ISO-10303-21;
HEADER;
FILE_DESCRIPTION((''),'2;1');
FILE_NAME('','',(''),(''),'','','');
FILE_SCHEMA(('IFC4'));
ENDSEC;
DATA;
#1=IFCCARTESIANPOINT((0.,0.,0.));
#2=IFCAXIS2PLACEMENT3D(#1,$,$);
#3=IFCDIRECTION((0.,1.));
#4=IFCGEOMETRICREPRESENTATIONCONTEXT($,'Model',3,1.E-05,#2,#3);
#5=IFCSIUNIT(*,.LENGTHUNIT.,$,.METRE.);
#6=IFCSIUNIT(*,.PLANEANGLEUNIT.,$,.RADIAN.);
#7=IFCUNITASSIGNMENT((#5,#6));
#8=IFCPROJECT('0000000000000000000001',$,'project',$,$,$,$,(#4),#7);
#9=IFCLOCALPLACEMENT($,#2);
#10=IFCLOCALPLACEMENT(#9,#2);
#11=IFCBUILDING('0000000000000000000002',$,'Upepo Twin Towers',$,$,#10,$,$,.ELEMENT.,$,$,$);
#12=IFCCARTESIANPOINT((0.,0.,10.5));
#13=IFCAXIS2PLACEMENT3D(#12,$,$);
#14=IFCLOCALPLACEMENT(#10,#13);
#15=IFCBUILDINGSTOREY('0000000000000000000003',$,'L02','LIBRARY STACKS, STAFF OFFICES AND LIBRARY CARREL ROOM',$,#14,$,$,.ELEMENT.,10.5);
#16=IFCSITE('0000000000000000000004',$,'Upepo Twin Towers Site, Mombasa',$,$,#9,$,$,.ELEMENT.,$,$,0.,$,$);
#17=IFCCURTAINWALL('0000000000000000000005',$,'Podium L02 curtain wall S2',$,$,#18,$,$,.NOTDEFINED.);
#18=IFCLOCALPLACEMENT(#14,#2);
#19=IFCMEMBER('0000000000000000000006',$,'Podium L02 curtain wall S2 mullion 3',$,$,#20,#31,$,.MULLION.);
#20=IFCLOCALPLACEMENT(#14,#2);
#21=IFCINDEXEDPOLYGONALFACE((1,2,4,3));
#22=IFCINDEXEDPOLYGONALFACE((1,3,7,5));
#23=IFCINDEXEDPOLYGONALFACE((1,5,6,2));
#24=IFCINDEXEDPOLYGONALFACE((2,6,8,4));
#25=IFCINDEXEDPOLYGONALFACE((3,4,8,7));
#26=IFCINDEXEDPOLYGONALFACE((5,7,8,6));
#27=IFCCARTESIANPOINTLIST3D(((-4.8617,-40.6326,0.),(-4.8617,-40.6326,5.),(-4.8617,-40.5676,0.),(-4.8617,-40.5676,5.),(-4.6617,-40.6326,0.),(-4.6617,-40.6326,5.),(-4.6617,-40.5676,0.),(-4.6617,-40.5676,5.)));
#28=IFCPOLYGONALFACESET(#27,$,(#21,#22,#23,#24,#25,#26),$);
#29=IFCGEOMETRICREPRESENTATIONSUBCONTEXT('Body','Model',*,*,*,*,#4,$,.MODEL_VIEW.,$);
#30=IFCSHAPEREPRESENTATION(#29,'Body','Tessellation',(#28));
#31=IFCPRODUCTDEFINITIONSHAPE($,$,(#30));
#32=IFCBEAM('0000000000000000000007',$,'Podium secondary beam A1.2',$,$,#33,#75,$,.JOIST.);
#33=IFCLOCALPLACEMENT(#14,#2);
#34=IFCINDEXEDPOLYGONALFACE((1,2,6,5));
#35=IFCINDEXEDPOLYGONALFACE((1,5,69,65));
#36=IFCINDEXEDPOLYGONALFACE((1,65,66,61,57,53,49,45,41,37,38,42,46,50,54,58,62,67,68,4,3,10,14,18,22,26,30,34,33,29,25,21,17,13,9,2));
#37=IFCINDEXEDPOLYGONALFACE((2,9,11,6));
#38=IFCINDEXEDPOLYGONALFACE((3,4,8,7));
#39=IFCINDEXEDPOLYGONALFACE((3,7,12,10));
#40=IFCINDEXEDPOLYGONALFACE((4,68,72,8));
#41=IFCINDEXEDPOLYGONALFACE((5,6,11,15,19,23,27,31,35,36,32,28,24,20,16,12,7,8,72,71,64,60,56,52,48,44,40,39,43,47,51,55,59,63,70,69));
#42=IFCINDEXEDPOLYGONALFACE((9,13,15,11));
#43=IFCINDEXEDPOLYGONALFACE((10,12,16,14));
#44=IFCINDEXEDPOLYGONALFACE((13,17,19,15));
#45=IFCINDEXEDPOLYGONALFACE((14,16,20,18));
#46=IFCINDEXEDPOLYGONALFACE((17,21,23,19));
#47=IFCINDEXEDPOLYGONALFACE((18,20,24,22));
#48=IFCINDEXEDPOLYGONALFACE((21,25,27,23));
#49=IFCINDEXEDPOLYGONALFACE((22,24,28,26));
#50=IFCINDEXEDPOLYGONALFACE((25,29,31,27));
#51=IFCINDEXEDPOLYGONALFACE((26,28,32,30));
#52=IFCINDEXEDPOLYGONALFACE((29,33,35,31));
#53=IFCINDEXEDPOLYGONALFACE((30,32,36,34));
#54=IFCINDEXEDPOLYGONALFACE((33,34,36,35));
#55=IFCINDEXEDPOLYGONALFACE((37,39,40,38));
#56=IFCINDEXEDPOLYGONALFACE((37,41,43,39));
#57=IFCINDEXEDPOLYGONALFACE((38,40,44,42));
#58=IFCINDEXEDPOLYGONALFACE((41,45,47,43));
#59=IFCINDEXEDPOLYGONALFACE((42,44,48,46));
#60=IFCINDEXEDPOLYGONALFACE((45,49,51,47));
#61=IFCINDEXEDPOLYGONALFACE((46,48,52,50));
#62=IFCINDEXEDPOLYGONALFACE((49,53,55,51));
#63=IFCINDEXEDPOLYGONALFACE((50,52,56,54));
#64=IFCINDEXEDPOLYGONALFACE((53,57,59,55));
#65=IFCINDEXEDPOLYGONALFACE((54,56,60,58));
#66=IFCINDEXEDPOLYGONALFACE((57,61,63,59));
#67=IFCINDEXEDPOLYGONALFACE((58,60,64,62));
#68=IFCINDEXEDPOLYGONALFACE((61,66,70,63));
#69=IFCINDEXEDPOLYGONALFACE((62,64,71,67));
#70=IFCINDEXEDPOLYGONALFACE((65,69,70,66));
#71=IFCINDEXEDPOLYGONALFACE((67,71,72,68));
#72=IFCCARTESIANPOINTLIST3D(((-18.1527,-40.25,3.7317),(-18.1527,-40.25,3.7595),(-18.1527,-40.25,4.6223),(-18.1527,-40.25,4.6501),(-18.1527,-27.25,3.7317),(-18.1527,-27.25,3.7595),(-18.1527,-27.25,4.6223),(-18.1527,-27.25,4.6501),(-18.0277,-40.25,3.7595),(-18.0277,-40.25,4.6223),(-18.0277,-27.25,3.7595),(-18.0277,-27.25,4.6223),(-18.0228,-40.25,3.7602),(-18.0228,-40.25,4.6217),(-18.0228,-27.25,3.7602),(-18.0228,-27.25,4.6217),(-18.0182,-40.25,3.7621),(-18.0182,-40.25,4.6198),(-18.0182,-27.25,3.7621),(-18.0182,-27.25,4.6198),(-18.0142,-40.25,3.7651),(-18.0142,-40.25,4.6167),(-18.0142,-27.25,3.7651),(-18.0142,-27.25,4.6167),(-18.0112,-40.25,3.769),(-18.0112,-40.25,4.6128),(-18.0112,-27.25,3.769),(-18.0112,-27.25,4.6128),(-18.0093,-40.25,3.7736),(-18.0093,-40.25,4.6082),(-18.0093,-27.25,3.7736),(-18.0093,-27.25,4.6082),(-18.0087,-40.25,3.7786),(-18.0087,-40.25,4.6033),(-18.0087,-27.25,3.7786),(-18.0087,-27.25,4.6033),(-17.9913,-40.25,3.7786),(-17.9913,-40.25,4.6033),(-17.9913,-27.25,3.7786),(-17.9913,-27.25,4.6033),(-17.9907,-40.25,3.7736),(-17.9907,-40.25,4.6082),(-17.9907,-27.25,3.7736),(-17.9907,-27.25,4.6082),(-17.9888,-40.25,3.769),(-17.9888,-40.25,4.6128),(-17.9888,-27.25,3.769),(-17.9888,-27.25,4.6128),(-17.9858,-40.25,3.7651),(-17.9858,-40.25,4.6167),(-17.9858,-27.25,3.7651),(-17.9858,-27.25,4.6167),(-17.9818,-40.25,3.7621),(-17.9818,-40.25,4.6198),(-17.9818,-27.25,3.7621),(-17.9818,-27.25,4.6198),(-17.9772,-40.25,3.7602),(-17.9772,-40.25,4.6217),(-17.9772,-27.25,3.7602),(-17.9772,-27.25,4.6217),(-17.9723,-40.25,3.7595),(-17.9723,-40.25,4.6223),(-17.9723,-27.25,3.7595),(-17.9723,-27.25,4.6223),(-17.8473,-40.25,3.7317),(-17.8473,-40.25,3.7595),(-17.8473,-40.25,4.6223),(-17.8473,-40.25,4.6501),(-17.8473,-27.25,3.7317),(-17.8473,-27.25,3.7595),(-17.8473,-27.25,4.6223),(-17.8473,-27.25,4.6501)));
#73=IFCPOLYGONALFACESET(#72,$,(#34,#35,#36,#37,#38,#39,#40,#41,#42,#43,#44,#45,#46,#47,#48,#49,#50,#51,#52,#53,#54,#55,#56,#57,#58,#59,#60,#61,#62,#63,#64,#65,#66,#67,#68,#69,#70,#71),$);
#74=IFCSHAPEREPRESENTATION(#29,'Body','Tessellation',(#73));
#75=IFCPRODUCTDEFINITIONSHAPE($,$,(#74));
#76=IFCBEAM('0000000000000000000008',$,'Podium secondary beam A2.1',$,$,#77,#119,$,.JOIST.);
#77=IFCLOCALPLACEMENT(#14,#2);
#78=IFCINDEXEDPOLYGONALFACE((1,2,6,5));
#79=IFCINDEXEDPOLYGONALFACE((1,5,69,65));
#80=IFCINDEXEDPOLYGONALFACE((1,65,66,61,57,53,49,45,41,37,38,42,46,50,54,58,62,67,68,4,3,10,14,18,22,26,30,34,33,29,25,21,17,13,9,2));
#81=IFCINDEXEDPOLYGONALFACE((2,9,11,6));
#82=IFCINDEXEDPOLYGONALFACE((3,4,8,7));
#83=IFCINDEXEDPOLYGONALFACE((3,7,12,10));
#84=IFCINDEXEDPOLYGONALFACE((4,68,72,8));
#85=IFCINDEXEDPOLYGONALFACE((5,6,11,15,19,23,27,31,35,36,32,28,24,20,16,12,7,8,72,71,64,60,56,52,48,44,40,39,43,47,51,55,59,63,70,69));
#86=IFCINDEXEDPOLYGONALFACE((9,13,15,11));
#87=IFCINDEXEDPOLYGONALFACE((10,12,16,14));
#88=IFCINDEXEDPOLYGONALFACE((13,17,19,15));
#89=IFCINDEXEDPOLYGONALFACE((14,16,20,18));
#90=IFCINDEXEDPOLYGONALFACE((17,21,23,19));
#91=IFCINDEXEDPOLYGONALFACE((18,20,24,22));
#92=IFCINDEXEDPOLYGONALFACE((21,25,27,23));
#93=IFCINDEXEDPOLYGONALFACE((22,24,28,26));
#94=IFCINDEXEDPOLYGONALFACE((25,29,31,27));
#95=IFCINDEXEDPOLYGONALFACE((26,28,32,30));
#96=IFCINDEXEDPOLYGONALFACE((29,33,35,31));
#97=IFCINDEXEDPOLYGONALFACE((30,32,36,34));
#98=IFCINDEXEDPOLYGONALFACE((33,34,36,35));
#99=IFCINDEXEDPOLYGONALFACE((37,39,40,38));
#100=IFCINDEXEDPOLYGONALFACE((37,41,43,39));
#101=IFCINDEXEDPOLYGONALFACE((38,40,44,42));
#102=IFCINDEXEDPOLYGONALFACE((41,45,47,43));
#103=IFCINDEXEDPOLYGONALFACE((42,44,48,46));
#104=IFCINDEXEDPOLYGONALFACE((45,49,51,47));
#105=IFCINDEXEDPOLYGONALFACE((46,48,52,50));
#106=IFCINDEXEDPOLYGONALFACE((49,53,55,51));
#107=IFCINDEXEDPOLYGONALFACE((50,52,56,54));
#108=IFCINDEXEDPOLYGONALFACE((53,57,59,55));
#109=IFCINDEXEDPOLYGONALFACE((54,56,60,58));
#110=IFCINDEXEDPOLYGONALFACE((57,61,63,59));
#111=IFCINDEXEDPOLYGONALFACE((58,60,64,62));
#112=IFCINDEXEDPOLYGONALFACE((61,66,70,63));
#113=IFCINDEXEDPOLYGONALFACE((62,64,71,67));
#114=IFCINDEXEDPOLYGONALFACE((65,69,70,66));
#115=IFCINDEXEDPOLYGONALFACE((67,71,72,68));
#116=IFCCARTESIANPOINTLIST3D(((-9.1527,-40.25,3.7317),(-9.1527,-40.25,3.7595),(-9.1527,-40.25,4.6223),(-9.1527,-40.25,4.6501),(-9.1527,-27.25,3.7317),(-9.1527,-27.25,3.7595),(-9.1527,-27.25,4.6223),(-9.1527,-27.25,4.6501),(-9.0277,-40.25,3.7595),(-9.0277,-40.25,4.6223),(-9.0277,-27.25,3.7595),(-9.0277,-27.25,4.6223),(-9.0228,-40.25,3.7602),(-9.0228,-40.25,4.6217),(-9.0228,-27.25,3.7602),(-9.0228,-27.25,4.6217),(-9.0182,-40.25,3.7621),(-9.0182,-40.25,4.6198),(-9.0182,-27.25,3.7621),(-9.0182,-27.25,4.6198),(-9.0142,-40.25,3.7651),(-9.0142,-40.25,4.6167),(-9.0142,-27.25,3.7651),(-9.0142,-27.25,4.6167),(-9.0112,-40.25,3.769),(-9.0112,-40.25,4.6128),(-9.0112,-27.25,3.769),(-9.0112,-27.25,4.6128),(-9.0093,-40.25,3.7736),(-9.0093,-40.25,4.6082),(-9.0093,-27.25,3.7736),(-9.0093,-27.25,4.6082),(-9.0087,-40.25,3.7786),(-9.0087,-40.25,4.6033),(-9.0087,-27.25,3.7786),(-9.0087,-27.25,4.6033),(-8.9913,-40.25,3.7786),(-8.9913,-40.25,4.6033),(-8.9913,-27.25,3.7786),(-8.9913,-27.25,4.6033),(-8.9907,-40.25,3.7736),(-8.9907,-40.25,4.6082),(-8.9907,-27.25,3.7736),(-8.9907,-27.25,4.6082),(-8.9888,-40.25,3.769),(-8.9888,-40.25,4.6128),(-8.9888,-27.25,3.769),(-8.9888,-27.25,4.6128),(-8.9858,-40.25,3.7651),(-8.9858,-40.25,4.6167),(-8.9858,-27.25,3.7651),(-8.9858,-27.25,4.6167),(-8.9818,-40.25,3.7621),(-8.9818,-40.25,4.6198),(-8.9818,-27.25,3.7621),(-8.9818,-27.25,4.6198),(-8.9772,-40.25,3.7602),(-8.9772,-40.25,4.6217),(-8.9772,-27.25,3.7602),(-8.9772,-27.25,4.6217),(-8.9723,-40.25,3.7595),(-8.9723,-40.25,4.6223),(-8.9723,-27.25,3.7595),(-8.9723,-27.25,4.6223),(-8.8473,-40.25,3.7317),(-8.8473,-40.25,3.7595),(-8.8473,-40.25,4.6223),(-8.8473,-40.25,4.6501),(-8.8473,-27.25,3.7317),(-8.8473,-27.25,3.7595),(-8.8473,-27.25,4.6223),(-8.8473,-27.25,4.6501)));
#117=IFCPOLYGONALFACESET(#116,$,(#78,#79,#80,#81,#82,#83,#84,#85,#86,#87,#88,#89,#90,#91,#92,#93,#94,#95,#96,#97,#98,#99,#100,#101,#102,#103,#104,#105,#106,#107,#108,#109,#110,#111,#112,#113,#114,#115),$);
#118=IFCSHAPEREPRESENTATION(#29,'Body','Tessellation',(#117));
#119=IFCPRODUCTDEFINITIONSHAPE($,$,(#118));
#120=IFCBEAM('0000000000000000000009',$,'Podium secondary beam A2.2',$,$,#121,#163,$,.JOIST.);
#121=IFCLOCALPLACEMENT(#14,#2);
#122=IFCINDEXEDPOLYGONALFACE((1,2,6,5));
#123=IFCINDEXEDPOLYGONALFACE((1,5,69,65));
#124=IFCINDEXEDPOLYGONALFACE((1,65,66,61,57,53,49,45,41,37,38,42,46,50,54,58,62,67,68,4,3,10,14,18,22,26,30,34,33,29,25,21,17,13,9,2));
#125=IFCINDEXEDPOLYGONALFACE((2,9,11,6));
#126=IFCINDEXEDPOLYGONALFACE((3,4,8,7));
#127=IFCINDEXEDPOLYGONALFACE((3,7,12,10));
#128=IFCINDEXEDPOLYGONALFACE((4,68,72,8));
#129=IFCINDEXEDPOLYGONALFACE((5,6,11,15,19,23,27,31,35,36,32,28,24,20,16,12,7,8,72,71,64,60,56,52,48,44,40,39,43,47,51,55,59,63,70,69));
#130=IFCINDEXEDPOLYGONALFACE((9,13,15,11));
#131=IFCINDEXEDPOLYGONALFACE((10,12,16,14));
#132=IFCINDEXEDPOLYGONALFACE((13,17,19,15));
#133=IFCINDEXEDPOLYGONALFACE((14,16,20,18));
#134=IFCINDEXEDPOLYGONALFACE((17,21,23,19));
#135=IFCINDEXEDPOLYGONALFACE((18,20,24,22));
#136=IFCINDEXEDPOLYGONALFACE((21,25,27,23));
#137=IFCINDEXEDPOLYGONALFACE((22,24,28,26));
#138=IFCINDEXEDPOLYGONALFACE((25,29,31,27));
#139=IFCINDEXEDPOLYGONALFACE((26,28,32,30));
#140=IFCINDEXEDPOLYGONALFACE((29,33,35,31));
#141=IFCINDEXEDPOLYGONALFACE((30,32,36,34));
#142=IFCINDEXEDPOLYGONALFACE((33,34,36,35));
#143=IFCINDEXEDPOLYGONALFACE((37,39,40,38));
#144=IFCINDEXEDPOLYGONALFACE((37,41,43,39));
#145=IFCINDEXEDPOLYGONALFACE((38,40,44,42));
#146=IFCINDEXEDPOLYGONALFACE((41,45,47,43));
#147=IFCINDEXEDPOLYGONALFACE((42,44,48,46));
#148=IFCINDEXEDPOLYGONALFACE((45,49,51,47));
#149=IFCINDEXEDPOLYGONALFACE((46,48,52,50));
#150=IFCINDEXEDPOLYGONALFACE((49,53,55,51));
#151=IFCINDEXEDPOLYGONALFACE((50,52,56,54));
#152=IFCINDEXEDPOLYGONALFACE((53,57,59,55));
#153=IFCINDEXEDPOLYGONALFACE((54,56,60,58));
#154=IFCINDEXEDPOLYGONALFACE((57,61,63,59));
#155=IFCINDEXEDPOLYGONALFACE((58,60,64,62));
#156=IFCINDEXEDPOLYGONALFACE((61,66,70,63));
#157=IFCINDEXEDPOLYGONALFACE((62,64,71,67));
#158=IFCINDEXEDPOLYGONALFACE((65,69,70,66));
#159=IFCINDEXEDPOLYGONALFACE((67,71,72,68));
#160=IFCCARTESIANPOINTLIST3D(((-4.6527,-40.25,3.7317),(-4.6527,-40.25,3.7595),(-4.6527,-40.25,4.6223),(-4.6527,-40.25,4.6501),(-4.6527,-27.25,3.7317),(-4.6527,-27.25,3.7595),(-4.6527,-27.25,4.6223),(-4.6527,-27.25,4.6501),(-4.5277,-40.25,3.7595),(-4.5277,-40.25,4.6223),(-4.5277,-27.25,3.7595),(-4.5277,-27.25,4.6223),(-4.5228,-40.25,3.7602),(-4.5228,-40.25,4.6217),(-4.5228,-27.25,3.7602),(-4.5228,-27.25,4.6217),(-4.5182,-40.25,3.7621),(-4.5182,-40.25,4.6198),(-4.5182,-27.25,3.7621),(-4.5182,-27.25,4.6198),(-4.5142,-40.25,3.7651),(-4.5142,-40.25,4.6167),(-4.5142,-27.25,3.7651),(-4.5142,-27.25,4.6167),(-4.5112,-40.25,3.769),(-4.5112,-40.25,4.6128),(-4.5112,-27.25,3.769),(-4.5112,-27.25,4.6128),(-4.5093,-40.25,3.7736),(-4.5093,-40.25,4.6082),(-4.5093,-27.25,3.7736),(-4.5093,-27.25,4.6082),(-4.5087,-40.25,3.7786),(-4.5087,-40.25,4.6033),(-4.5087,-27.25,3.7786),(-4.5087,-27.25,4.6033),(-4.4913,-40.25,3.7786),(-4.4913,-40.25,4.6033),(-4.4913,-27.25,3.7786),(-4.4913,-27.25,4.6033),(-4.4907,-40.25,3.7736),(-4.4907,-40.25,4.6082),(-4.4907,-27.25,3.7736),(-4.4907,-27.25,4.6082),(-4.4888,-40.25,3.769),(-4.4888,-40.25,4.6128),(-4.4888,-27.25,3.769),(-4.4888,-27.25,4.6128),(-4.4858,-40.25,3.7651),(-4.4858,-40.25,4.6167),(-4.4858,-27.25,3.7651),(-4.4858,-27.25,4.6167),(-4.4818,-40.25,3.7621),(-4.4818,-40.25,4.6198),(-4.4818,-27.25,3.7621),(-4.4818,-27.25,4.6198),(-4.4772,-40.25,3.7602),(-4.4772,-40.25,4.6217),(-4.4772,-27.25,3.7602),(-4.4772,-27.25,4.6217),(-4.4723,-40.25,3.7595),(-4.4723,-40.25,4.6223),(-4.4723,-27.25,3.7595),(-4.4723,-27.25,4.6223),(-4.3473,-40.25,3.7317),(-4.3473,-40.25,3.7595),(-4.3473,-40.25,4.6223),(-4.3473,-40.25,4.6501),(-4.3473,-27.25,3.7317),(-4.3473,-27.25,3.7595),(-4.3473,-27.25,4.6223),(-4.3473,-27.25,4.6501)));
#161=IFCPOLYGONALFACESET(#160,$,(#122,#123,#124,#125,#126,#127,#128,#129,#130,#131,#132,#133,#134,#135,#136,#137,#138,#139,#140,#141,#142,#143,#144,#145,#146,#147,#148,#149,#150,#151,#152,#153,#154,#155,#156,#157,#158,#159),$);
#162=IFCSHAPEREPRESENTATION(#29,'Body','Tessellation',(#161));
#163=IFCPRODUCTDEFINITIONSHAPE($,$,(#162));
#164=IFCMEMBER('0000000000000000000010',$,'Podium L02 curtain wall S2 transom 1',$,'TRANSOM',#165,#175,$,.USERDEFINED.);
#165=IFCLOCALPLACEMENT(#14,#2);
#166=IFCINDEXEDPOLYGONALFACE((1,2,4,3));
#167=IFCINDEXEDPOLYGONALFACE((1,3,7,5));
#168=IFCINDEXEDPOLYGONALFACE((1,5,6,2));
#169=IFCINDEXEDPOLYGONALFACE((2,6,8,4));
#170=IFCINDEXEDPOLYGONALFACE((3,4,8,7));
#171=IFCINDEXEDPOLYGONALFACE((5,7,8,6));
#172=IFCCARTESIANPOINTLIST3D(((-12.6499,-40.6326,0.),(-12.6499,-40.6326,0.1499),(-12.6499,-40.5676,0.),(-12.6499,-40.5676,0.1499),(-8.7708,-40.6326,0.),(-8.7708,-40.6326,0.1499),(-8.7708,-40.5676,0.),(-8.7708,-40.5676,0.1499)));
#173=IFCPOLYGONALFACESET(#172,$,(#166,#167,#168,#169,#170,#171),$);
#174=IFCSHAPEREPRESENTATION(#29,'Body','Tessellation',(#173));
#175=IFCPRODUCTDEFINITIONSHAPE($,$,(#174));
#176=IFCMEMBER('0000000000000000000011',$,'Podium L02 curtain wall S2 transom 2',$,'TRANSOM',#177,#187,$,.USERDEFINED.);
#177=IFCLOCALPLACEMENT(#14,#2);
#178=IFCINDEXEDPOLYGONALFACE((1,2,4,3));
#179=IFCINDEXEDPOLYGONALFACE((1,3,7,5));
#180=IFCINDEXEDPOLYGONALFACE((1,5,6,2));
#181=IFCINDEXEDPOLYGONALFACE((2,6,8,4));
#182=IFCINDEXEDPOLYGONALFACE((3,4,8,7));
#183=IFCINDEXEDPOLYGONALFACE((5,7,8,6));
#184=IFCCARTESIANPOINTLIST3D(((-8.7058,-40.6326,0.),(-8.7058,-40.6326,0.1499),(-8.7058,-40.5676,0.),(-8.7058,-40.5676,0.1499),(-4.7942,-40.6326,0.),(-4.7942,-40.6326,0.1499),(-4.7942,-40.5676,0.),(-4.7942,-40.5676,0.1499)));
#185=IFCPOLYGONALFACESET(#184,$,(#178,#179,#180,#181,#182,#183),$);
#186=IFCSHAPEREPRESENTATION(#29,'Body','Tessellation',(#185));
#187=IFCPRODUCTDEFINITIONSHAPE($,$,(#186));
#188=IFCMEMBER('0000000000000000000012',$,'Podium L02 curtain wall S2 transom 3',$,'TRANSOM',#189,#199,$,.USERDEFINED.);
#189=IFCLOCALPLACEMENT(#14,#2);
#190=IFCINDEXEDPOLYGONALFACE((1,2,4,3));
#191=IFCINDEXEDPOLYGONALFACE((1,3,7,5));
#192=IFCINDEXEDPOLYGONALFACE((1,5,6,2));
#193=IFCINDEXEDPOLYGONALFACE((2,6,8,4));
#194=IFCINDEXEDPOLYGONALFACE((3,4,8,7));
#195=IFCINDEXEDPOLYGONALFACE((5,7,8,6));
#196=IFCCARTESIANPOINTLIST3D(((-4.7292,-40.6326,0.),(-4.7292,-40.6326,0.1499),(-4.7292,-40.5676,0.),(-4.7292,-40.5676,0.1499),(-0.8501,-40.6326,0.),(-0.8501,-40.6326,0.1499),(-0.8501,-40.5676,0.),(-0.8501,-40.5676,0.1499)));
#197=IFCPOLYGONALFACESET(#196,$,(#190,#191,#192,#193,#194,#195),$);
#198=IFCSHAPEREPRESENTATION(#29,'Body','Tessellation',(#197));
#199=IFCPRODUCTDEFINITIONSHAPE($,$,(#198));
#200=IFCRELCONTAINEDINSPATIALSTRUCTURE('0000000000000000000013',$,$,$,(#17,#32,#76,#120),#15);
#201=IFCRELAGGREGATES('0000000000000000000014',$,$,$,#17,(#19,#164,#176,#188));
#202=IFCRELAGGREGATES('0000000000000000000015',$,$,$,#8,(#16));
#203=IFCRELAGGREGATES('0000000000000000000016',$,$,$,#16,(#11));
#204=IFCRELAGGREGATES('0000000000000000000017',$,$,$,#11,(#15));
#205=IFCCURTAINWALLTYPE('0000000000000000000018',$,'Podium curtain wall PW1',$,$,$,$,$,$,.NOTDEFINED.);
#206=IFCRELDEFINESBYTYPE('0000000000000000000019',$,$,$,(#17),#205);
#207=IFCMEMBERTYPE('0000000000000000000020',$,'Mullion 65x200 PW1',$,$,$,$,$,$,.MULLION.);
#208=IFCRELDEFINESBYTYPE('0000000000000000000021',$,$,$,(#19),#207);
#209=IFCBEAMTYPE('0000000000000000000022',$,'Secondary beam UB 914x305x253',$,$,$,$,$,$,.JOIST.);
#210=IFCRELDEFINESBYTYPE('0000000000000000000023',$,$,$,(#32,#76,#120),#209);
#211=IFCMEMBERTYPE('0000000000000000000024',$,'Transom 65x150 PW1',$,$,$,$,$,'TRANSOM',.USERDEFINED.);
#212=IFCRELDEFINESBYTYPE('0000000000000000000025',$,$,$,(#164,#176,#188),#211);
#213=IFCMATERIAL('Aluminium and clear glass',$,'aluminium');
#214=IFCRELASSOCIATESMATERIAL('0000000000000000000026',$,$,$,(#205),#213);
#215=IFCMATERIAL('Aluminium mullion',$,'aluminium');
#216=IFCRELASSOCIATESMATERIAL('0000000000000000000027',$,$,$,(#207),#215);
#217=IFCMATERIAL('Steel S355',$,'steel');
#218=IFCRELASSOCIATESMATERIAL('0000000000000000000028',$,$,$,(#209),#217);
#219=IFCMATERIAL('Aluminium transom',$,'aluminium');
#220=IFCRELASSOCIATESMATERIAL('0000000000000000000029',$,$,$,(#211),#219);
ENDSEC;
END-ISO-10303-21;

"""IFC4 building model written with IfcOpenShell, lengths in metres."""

from ifc_helpers import new_model, si_unit, direction, frame, origin, origin_2d, place, context, subcontext, project, spatial, rectangle, i_section, extrude, material, material_profile, profile_set, type_object, element, aggregate, save


model = new_model("IFC4")

# Units and contexts
model_context = context("Model", 3, precision=1e-05, world=origin(), true_north=direction((0.0, 1.0)))
body_context = subcontext(model_context, "Body", "Model", "MODEL_VIEW")
ifc_project = project(units=[si_unit("LENGTHUNIT", "METRE"), si_unit("PLANEANGLEUNIT", "RADIAN")], contexts=[model_context])

# Site, building, storey
site_placement = place(None, origin())
site = spatial("IfcSite", under=ifc_project, at=site_placement, Name="Upepo Twin Towers Site, Mombasa", CompositionType="ELEMENT", RefElevation=0.0)
building_placement = place(site_placement, origin())
building = spatial("IfcBuilding", under=site, at=building_placement, Name="Upepo Twin Towers", CompositionType="ELEMENT")
storey_placement = place(building_placement, frame((0.0, 0.0, 10.5)))
storey = spatial("IfcBuildingStorey", under=building, at=storey_placement, Name="L02", Description="LIBRARY STACKS, STAFF OFFICES AND LIBRARY CARREL ROOM", CompositionType="ELEMENT", Elevation=10.5)

# Shared definitions
ifc_material_1 = material(Name="Aluminium and clear glass", Category="aluminium")
curtain_wall_type = type_object("IfcCurtainWallType", Name="Podium curtain wall PW1", PredefinedType="NOTDEFINED", material=ifc_material_1)
ifc_material_2 = material(Name="Aluminium mullion", Category="aluminium")
ifc_material_profile_1 = material_profile(ifc_material_2, rectangle(XDim=0.0649, YDim=0.2, at=origin_2d()), Name="MULLION 65x200 PODIUM")
ifc_profile_set_1 = profile_set([ifc_material_profile_1], Name="Aluminium mullion")
member_type_1 = type_object("IfcMemberType", Name="Mullion 65x200 PW1", PredefinedType="MULLION", material=ifc_profile_set_1)

# Curtain wall, member
curtain_wall_1_placement = place(storey_placement, origin())
curtain_wall_1 = element("IfcCurtainWall", 1, at=curtain_wall_1_placement, inside=storey, type_object=curtain_wall_type, Name="Podium L02 curtain wall S2", PredefinedType="NOTDEFINED")
member_1_placement = place(storey_placement, frame((-4.7617, -40.6001, 0.0), z_axis=(0.0, 0.0, 1.0), x_axis=(0.0, 1.0, 0.0)))
member_1 = element("IfcMember", 2, at=member_1_placement, type_object=member_type_1, Name="Podium L02 curtain wall S2 mullion 3", PredefinedType="MULLION", context=body_context, shape_type="SweptSolid", body=[
    extrude(rectangle(XDim=0.0649, YDim=0.2, at=origin_2d()), origin(), (0.0, 0.0, 1.0), 5.0),
])

# Beams
ifc_material_3 = material(Name="Steel S355", Category="steel")
ifc_material_profile_2 = material_profile(ifc_material_3, i_section(OverallWidth=0.3054, OverallDepth=0.9185, WebThickness=0.0173, FlangeThickness=0.0278, FilletRadius=0.019, at=origin_2d()), Name="UB 914x305x253")
ifc_profile_set_2 = profile_set([ifc_material_profile_2], Name="Steel S355")
beam_type_1 = type_object("IfcBeamType", Name="Secondary beam UB 914x305x253", PredefinedType="JOIST", material=ifc_profile_set_2)
for number, where, z_axis, x_axis, name in (
    (3, (-18.0, -40.25, 4.1909), (0.0, 1.0, 0.0), (-1.0, 0.0, 0.0), "Podium secondary beam A1.2"),
    (4, (-9.0, -40.25, 4.1909), (0.0, 1.0, 0.0), (-1.0, 0.0, 0.0), "Podium secondary beam A2.1"),
    (5, (-4.5, -40.25, 4.1909), (0.0, 1.0, 0.0), (-1.0, 0.0, 0.0), "Podium secondary beam A2.2"),
):
    element("IfcBeam", number, at=place(storey_placement, frame(where, z_axis=z_axis, x_axis=x_axis)), inside=storey, type_object=beam_type_1, Name=name, PredefinedType="JOIST", context=body_context, shape_type="SweptSolid", body=[
        extrude(i_section(OverallWidth=0.3054, OverallDepth=0.9185, WebThickness=0.0173, FlangeThickness=0.0278, FilletRadius=0.019, at=origin_2d()), origin(), (0.0, 0.0, 1.0), 13.0),
    ])

# Members
ifc_material_4 = material(Name="Aluminium transom", Category="aluminium")
ifc_material_profile_3 = material_profile(ifc_material_4, rectangle(XDim=0.0649, YDim=0.1499, at=origin_2d()), Name="TRANSOM 65x150 PODIUM")
ifc_profile_set_3 = profile_set([ifc_material_profile_3], Name="Aluminium transom")
member_type_2 = type_object("IfcMemberType", Name="Transom 65x150 PW1", ElementType="TRANSOM", PredefinedType="USERDEFINED", material=ifc_profile_set_3)
member_2_placement = place(storey_placement, frame((-12.6499, -40.6001, 0.075), z_axis=(1.0, 0.0, 0.0), x_axis=(0.0, 1.0, 0.0)))
member_2 = element("IfcMember", 6, at=member_2_placement, type_object=member_type_2, Name="Podium L02 curtain wall S2 transom 1", ObjectType="TRANSOM", PredefinedType="USERDEFINED", context=body_context, shape_type="SweptSolid", body=[
    extrude(rectangle(XDim=0.0649, YDim=0.1499, at=origin_2d()), origin(), (0.0, 0.0, 1.0), 3.8792),
])
member_3_placement = place(storey_placement, frame((-8.7058, -40.6001, 0.075), z_axis=(1.0, 0.0, 0.0), x_axis=(0.0, 1.0, 0.0)))
member_3 = element("IfcMember", 7, at=member_3_placement, type_object=member_type_2, Name="Podium L02 curtain wall S2 transom 2", ObjectType="TRANSOM", PredefinedType="USERDEFINED", context=body_context, shape_type="SweptSolid", body=[
    extrude(rectangle(XDim=0.0649, YDim=0.1499, at=origin_2d()), origin(), (0.0, 0.0, 1.0), 3.9116),
])
member_4_placement = place(storey_placement, frame((-4.7292, -40.6001, 0.075), z_axis=(1.0, 0.0, 0.0), x_axis=(0.0, 1.0, 0.0)))
member_4 = element("IfcMember", 8, at=member_4_placement, type_object=member_type_2, Name="Podium L02 curtain wall S2 transom 3", ObjectType="TRANSOM", PredefinedType="USERDEFINED", context=body_context, shape_type="SweptSolid", body=[
    extrude(rectangle(XDim=0.0649, YDim=0.1499, at=origin_2d()), origin(), (0.0, 0.0, 1.0), 3.8792),
])

aggregate(curtain_wall_1, [member_1, member_2, member_3, member_4])

save(model, "model.ifc")
